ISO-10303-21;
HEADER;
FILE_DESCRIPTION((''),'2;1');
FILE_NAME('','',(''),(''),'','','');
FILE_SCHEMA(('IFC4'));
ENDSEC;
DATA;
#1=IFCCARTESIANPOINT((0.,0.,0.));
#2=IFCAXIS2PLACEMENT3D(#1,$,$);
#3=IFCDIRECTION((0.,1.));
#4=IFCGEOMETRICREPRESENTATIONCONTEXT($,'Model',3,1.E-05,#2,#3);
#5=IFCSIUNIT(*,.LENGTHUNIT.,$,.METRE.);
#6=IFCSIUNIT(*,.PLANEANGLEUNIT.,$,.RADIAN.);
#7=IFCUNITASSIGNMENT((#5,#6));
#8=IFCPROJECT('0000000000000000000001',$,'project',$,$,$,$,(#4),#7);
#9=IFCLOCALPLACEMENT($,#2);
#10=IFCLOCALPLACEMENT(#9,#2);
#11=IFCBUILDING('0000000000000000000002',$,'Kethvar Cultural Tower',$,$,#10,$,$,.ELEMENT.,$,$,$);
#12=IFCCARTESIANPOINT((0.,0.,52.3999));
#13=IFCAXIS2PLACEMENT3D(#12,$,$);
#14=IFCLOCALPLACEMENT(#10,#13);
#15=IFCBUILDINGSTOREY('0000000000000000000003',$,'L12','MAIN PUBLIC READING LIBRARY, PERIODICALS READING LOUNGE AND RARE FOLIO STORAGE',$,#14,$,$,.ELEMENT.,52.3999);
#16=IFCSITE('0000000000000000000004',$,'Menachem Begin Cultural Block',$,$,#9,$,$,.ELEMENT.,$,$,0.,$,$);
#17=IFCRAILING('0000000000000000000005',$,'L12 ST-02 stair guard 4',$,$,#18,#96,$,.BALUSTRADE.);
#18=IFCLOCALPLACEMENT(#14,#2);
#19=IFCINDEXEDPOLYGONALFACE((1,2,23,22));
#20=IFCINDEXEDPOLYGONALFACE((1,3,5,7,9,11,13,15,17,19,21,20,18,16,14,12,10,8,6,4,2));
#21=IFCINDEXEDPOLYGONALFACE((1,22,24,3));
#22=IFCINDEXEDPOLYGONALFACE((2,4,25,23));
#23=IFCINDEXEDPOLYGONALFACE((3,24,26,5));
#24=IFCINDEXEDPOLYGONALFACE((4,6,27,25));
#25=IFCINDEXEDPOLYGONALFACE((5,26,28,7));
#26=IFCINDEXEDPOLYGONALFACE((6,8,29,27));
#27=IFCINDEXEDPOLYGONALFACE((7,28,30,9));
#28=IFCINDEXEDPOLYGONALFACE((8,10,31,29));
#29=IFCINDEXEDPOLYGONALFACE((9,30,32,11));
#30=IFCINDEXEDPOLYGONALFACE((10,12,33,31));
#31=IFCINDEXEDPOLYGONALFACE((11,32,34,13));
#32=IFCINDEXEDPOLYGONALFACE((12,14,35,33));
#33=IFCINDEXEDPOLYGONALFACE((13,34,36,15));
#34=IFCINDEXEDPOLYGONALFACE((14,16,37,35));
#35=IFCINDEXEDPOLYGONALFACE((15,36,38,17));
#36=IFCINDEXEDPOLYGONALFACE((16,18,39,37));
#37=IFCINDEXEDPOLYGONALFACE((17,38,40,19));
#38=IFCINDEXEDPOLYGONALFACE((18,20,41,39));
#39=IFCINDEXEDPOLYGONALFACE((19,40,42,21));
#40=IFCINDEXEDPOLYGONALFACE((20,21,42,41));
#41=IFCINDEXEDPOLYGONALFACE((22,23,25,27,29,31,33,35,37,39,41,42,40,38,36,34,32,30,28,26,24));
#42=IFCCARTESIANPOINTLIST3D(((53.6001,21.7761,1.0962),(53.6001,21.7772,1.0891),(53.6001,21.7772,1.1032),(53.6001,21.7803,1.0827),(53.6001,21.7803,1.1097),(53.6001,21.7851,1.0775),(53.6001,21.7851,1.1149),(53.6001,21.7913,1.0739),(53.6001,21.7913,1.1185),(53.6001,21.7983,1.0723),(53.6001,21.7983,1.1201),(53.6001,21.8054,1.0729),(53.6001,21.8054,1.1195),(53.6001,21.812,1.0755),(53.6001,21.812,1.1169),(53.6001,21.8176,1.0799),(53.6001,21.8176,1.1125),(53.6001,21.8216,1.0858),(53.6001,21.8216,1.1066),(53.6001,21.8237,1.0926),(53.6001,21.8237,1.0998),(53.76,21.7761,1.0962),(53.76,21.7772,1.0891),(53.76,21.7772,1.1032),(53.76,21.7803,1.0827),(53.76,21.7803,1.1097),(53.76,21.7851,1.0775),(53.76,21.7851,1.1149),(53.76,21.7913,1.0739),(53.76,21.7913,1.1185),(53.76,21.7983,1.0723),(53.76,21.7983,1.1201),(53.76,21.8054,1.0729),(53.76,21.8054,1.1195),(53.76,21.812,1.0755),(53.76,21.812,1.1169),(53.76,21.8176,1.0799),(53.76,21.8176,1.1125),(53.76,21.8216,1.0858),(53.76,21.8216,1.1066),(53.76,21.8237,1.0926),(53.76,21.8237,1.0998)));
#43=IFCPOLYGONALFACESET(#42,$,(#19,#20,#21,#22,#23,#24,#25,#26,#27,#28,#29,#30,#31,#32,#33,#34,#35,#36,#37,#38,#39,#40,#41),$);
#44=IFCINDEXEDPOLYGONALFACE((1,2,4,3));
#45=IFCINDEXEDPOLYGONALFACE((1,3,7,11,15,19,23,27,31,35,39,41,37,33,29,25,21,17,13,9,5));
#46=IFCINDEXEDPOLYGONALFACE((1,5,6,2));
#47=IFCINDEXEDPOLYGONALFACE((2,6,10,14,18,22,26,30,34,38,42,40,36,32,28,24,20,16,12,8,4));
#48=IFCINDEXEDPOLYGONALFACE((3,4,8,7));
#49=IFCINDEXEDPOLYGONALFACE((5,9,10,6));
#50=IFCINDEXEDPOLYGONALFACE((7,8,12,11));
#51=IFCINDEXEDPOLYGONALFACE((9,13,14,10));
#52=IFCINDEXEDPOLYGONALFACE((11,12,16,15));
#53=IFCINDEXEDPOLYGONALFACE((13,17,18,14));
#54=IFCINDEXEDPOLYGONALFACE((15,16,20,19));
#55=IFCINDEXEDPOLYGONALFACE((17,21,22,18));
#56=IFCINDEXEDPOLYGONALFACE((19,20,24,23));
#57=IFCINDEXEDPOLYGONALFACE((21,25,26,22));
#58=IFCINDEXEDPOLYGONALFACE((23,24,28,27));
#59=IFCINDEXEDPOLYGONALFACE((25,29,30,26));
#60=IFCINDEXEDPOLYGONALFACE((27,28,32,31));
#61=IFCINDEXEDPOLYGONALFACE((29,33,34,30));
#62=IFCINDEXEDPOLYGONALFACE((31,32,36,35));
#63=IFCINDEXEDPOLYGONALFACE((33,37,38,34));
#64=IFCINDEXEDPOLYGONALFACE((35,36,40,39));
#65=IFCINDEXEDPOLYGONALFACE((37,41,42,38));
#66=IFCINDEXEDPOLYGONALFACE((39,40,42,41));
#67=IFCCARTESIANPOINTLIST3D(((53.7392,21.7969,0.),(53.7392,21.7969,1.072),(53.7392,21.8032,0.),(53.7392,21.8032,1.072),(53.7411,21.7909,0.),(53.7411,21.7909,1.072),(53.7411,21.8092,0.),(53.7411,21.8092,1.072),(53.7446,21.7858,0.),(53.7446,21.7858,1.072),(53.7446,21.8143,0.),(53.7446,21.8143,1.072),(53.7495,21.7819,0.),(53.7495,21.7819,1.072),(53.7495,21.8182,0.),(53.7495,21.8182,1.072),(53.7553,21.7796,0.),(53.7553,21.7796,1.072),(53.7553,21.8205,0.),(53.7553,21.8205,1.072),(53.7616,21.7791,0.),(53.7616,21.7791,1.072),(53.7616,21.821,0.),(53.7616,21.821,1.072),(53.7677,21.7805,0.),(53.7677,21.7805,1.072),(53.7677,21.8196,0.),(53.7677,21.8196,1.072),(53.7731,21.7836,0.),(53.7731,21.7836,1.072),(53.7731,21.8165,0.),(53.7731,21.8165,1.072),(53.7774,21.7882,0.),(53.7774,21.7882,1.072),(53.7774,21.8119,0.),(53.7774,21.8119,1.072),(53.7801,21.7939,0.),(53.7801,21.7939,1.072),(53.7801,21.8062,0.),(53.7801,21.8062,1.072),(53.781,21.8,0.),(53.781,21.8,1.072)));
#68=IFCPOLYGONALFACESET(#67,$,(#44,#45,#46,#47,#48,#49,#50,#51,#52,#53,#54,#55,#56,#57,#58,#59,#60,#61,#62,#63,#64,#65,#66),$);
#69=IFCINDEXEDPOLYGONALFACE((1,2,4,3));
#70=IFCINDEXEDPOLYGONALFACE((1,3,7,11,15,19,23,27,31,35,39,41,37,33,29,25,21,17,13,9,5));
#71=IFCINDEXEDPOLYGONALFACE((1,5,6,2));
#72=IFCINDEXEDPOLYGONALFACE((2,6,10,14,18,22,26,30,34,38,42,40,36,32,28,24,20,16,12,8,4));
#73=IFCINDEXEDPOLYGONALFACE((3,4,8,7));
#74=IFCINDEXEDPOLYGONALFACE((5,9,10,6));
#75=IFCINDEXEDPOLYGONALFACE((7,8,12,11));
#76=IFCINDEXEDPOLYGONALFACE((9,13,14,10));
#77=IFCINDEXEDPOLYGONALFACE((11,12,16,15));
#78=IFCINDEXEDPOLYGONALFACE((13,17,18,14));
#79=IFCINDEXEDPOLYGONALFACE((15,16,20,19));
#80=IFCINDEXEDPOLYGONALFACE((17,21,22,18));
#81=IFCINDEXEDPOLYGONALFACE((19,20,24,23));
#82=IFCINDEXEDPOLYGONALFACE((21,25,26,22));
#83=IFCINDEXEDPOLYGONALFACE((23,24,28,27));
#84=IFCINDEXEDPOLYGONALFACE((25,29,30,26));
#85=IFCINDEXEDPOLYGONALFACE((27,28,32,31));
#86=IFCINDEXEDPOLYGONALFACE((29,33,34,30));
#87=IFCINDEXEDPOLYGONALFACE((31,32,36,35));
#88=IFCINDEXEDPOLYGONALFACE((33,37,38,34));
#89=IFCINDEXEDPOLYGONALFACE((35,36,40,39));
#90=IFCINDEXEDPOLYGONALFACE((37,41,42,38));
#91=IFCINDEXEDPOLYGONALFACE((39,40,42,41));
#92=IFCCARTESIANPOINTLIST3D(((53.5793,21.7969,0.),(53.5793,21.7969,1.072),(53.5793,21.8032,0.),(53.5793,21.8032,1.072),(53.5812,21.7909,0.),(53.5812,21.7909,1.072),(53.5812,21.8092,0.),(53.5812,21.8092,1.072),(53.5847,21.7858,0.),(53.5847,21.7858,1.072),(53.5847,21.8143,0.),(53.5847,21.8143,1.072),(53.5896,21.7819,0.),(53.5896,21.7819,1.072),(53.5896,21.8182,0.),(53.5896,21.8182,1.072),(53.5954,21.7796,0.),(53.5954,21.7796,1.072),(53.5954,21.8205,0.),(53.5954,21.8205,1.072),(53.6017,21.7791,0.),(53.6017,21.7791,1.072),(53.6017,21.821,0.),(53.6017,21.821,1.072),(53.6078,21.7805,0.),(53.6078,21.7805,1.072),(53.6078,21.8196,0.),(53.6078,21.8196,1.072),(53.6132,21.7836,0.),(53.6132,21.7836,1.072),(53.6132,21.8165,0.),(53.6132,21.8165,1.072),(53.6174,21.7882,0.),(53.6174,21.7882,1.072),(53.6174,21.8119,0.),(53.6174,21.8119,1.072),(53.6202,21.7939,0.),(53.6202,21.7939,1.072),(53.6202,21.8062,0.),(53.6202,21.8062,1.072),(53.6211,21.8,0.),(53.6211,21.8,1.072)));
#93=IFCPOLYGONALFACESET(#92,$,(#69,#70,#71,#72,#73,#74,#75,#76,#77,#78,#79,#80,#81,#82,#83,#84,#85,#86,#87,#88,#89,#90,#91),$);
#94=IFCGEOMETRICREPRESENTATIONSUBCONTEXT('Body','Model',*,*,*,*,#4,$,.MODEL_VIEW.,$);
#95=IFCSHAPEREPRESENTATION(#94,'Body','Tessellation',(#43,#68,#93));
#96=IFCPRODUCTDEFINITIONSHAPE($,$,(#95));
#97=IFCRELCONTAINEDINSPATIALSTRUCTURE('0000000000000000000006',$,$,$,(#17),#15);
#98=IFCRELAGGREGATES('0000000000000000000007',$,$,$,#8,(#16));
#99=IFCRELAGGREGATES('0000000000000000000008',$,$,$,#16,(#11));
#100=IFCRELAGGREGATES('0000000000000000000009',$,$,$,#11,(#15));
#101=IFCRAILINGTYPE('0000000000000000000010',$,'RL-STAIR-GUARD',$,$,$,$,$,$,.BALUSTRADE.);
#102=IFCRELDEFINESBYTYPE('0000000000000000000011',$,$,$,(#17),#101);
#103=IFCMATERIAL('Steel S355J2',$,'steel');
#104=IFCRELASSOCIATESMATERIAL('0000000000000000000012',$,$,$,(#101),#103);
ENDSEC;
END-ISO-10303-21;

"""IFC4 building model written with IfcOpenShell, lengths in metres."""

from ifc_helpers import new_model, si_unit, direction, frame, origin, origin_2d, place, context, subcontext, project, spatial, circle, extrude, material, type_object, element, save


model = new_model("IFC4")

# Units and contexts
model_context = context("Model", 3, precision=1e-05, world=origin(), true_north=direction((0.0, 1.0)))
body_context = subcontext(model_context, "Body", "Model", "MODEL_VIEW")
ifc_project = project(units=[si_unit("LENGTHUNIT", "METRE"), si_unit("PLANEANGLEUNIT", "RADIAN")], contexts=[model_context])

# Site, building, storey
site_placement = place(None, origin())
site = spatial("IfcSite", under=ifc_project, at=site_placement, Name="Menachem Begin Cultural Block", CompositionType="ELEMENT", RefElevation=0.0)
building_placement = place(site_placement, origin())
building = spatial("IfcBuilding", under=site, at=building_placement, Name="Kethvar Cultural Tower", CompositionType="ELEMENT")
storey_placement = place(building_placement, frame((0.0, 0.0, 52.3999)))
storey = spatial("IfcBuildingStorey", under=building, at=storey_placement, Name="L12", Description="MAIN PUBLIC READING LIBRARY, PERIODICALS READING LOUNGE AND RARE FOLIO STORAGE", CompositionType="ELEMENT", Elevation=52.3999)

# Shared definitions
ifc_material_1 = material(Name="Steel S355J2", Category="steel")

# Railing
railing_type_1 = type_object("IfcRailingType", Name="RL-STAIR-GUARD", PredefinedType="BALUSTRADE", material=ifc_material_1)
railing_1_placement = place(storey_placement, frame((53.76, 21.8, 0.0)))
element("IfcRailing", 1, at=railing_1_placement, inside=storey, type_object=railing_type_1, Name="L12 ST-02 stair guard 4", PredefinedType="BALUSTRADE", context=body_context, shape_type="SweptSolid", body=[
    extrude(circle(Radius=0.0239, at=origin_2d()), frame((0.0, 0.0, 1.0962), z_axis=(-1.0, 0.0, 0.0), x_axis=(0.0, -1.0, 0.0)), (0.0, 0.0, 1.0), 0.1599),
    extrude(circle(Radius=0.021, at=origin_2d()), origin(), (0.0, 0.0, 1.0), 1.072),
    extrude(circle(Radius=0.021, at=origin_2d()), frame((-0.1599, 0.0, 0.0)), (0.0, 0.0, 1.0), 1.072),
])

save(model, "model.ifc")
